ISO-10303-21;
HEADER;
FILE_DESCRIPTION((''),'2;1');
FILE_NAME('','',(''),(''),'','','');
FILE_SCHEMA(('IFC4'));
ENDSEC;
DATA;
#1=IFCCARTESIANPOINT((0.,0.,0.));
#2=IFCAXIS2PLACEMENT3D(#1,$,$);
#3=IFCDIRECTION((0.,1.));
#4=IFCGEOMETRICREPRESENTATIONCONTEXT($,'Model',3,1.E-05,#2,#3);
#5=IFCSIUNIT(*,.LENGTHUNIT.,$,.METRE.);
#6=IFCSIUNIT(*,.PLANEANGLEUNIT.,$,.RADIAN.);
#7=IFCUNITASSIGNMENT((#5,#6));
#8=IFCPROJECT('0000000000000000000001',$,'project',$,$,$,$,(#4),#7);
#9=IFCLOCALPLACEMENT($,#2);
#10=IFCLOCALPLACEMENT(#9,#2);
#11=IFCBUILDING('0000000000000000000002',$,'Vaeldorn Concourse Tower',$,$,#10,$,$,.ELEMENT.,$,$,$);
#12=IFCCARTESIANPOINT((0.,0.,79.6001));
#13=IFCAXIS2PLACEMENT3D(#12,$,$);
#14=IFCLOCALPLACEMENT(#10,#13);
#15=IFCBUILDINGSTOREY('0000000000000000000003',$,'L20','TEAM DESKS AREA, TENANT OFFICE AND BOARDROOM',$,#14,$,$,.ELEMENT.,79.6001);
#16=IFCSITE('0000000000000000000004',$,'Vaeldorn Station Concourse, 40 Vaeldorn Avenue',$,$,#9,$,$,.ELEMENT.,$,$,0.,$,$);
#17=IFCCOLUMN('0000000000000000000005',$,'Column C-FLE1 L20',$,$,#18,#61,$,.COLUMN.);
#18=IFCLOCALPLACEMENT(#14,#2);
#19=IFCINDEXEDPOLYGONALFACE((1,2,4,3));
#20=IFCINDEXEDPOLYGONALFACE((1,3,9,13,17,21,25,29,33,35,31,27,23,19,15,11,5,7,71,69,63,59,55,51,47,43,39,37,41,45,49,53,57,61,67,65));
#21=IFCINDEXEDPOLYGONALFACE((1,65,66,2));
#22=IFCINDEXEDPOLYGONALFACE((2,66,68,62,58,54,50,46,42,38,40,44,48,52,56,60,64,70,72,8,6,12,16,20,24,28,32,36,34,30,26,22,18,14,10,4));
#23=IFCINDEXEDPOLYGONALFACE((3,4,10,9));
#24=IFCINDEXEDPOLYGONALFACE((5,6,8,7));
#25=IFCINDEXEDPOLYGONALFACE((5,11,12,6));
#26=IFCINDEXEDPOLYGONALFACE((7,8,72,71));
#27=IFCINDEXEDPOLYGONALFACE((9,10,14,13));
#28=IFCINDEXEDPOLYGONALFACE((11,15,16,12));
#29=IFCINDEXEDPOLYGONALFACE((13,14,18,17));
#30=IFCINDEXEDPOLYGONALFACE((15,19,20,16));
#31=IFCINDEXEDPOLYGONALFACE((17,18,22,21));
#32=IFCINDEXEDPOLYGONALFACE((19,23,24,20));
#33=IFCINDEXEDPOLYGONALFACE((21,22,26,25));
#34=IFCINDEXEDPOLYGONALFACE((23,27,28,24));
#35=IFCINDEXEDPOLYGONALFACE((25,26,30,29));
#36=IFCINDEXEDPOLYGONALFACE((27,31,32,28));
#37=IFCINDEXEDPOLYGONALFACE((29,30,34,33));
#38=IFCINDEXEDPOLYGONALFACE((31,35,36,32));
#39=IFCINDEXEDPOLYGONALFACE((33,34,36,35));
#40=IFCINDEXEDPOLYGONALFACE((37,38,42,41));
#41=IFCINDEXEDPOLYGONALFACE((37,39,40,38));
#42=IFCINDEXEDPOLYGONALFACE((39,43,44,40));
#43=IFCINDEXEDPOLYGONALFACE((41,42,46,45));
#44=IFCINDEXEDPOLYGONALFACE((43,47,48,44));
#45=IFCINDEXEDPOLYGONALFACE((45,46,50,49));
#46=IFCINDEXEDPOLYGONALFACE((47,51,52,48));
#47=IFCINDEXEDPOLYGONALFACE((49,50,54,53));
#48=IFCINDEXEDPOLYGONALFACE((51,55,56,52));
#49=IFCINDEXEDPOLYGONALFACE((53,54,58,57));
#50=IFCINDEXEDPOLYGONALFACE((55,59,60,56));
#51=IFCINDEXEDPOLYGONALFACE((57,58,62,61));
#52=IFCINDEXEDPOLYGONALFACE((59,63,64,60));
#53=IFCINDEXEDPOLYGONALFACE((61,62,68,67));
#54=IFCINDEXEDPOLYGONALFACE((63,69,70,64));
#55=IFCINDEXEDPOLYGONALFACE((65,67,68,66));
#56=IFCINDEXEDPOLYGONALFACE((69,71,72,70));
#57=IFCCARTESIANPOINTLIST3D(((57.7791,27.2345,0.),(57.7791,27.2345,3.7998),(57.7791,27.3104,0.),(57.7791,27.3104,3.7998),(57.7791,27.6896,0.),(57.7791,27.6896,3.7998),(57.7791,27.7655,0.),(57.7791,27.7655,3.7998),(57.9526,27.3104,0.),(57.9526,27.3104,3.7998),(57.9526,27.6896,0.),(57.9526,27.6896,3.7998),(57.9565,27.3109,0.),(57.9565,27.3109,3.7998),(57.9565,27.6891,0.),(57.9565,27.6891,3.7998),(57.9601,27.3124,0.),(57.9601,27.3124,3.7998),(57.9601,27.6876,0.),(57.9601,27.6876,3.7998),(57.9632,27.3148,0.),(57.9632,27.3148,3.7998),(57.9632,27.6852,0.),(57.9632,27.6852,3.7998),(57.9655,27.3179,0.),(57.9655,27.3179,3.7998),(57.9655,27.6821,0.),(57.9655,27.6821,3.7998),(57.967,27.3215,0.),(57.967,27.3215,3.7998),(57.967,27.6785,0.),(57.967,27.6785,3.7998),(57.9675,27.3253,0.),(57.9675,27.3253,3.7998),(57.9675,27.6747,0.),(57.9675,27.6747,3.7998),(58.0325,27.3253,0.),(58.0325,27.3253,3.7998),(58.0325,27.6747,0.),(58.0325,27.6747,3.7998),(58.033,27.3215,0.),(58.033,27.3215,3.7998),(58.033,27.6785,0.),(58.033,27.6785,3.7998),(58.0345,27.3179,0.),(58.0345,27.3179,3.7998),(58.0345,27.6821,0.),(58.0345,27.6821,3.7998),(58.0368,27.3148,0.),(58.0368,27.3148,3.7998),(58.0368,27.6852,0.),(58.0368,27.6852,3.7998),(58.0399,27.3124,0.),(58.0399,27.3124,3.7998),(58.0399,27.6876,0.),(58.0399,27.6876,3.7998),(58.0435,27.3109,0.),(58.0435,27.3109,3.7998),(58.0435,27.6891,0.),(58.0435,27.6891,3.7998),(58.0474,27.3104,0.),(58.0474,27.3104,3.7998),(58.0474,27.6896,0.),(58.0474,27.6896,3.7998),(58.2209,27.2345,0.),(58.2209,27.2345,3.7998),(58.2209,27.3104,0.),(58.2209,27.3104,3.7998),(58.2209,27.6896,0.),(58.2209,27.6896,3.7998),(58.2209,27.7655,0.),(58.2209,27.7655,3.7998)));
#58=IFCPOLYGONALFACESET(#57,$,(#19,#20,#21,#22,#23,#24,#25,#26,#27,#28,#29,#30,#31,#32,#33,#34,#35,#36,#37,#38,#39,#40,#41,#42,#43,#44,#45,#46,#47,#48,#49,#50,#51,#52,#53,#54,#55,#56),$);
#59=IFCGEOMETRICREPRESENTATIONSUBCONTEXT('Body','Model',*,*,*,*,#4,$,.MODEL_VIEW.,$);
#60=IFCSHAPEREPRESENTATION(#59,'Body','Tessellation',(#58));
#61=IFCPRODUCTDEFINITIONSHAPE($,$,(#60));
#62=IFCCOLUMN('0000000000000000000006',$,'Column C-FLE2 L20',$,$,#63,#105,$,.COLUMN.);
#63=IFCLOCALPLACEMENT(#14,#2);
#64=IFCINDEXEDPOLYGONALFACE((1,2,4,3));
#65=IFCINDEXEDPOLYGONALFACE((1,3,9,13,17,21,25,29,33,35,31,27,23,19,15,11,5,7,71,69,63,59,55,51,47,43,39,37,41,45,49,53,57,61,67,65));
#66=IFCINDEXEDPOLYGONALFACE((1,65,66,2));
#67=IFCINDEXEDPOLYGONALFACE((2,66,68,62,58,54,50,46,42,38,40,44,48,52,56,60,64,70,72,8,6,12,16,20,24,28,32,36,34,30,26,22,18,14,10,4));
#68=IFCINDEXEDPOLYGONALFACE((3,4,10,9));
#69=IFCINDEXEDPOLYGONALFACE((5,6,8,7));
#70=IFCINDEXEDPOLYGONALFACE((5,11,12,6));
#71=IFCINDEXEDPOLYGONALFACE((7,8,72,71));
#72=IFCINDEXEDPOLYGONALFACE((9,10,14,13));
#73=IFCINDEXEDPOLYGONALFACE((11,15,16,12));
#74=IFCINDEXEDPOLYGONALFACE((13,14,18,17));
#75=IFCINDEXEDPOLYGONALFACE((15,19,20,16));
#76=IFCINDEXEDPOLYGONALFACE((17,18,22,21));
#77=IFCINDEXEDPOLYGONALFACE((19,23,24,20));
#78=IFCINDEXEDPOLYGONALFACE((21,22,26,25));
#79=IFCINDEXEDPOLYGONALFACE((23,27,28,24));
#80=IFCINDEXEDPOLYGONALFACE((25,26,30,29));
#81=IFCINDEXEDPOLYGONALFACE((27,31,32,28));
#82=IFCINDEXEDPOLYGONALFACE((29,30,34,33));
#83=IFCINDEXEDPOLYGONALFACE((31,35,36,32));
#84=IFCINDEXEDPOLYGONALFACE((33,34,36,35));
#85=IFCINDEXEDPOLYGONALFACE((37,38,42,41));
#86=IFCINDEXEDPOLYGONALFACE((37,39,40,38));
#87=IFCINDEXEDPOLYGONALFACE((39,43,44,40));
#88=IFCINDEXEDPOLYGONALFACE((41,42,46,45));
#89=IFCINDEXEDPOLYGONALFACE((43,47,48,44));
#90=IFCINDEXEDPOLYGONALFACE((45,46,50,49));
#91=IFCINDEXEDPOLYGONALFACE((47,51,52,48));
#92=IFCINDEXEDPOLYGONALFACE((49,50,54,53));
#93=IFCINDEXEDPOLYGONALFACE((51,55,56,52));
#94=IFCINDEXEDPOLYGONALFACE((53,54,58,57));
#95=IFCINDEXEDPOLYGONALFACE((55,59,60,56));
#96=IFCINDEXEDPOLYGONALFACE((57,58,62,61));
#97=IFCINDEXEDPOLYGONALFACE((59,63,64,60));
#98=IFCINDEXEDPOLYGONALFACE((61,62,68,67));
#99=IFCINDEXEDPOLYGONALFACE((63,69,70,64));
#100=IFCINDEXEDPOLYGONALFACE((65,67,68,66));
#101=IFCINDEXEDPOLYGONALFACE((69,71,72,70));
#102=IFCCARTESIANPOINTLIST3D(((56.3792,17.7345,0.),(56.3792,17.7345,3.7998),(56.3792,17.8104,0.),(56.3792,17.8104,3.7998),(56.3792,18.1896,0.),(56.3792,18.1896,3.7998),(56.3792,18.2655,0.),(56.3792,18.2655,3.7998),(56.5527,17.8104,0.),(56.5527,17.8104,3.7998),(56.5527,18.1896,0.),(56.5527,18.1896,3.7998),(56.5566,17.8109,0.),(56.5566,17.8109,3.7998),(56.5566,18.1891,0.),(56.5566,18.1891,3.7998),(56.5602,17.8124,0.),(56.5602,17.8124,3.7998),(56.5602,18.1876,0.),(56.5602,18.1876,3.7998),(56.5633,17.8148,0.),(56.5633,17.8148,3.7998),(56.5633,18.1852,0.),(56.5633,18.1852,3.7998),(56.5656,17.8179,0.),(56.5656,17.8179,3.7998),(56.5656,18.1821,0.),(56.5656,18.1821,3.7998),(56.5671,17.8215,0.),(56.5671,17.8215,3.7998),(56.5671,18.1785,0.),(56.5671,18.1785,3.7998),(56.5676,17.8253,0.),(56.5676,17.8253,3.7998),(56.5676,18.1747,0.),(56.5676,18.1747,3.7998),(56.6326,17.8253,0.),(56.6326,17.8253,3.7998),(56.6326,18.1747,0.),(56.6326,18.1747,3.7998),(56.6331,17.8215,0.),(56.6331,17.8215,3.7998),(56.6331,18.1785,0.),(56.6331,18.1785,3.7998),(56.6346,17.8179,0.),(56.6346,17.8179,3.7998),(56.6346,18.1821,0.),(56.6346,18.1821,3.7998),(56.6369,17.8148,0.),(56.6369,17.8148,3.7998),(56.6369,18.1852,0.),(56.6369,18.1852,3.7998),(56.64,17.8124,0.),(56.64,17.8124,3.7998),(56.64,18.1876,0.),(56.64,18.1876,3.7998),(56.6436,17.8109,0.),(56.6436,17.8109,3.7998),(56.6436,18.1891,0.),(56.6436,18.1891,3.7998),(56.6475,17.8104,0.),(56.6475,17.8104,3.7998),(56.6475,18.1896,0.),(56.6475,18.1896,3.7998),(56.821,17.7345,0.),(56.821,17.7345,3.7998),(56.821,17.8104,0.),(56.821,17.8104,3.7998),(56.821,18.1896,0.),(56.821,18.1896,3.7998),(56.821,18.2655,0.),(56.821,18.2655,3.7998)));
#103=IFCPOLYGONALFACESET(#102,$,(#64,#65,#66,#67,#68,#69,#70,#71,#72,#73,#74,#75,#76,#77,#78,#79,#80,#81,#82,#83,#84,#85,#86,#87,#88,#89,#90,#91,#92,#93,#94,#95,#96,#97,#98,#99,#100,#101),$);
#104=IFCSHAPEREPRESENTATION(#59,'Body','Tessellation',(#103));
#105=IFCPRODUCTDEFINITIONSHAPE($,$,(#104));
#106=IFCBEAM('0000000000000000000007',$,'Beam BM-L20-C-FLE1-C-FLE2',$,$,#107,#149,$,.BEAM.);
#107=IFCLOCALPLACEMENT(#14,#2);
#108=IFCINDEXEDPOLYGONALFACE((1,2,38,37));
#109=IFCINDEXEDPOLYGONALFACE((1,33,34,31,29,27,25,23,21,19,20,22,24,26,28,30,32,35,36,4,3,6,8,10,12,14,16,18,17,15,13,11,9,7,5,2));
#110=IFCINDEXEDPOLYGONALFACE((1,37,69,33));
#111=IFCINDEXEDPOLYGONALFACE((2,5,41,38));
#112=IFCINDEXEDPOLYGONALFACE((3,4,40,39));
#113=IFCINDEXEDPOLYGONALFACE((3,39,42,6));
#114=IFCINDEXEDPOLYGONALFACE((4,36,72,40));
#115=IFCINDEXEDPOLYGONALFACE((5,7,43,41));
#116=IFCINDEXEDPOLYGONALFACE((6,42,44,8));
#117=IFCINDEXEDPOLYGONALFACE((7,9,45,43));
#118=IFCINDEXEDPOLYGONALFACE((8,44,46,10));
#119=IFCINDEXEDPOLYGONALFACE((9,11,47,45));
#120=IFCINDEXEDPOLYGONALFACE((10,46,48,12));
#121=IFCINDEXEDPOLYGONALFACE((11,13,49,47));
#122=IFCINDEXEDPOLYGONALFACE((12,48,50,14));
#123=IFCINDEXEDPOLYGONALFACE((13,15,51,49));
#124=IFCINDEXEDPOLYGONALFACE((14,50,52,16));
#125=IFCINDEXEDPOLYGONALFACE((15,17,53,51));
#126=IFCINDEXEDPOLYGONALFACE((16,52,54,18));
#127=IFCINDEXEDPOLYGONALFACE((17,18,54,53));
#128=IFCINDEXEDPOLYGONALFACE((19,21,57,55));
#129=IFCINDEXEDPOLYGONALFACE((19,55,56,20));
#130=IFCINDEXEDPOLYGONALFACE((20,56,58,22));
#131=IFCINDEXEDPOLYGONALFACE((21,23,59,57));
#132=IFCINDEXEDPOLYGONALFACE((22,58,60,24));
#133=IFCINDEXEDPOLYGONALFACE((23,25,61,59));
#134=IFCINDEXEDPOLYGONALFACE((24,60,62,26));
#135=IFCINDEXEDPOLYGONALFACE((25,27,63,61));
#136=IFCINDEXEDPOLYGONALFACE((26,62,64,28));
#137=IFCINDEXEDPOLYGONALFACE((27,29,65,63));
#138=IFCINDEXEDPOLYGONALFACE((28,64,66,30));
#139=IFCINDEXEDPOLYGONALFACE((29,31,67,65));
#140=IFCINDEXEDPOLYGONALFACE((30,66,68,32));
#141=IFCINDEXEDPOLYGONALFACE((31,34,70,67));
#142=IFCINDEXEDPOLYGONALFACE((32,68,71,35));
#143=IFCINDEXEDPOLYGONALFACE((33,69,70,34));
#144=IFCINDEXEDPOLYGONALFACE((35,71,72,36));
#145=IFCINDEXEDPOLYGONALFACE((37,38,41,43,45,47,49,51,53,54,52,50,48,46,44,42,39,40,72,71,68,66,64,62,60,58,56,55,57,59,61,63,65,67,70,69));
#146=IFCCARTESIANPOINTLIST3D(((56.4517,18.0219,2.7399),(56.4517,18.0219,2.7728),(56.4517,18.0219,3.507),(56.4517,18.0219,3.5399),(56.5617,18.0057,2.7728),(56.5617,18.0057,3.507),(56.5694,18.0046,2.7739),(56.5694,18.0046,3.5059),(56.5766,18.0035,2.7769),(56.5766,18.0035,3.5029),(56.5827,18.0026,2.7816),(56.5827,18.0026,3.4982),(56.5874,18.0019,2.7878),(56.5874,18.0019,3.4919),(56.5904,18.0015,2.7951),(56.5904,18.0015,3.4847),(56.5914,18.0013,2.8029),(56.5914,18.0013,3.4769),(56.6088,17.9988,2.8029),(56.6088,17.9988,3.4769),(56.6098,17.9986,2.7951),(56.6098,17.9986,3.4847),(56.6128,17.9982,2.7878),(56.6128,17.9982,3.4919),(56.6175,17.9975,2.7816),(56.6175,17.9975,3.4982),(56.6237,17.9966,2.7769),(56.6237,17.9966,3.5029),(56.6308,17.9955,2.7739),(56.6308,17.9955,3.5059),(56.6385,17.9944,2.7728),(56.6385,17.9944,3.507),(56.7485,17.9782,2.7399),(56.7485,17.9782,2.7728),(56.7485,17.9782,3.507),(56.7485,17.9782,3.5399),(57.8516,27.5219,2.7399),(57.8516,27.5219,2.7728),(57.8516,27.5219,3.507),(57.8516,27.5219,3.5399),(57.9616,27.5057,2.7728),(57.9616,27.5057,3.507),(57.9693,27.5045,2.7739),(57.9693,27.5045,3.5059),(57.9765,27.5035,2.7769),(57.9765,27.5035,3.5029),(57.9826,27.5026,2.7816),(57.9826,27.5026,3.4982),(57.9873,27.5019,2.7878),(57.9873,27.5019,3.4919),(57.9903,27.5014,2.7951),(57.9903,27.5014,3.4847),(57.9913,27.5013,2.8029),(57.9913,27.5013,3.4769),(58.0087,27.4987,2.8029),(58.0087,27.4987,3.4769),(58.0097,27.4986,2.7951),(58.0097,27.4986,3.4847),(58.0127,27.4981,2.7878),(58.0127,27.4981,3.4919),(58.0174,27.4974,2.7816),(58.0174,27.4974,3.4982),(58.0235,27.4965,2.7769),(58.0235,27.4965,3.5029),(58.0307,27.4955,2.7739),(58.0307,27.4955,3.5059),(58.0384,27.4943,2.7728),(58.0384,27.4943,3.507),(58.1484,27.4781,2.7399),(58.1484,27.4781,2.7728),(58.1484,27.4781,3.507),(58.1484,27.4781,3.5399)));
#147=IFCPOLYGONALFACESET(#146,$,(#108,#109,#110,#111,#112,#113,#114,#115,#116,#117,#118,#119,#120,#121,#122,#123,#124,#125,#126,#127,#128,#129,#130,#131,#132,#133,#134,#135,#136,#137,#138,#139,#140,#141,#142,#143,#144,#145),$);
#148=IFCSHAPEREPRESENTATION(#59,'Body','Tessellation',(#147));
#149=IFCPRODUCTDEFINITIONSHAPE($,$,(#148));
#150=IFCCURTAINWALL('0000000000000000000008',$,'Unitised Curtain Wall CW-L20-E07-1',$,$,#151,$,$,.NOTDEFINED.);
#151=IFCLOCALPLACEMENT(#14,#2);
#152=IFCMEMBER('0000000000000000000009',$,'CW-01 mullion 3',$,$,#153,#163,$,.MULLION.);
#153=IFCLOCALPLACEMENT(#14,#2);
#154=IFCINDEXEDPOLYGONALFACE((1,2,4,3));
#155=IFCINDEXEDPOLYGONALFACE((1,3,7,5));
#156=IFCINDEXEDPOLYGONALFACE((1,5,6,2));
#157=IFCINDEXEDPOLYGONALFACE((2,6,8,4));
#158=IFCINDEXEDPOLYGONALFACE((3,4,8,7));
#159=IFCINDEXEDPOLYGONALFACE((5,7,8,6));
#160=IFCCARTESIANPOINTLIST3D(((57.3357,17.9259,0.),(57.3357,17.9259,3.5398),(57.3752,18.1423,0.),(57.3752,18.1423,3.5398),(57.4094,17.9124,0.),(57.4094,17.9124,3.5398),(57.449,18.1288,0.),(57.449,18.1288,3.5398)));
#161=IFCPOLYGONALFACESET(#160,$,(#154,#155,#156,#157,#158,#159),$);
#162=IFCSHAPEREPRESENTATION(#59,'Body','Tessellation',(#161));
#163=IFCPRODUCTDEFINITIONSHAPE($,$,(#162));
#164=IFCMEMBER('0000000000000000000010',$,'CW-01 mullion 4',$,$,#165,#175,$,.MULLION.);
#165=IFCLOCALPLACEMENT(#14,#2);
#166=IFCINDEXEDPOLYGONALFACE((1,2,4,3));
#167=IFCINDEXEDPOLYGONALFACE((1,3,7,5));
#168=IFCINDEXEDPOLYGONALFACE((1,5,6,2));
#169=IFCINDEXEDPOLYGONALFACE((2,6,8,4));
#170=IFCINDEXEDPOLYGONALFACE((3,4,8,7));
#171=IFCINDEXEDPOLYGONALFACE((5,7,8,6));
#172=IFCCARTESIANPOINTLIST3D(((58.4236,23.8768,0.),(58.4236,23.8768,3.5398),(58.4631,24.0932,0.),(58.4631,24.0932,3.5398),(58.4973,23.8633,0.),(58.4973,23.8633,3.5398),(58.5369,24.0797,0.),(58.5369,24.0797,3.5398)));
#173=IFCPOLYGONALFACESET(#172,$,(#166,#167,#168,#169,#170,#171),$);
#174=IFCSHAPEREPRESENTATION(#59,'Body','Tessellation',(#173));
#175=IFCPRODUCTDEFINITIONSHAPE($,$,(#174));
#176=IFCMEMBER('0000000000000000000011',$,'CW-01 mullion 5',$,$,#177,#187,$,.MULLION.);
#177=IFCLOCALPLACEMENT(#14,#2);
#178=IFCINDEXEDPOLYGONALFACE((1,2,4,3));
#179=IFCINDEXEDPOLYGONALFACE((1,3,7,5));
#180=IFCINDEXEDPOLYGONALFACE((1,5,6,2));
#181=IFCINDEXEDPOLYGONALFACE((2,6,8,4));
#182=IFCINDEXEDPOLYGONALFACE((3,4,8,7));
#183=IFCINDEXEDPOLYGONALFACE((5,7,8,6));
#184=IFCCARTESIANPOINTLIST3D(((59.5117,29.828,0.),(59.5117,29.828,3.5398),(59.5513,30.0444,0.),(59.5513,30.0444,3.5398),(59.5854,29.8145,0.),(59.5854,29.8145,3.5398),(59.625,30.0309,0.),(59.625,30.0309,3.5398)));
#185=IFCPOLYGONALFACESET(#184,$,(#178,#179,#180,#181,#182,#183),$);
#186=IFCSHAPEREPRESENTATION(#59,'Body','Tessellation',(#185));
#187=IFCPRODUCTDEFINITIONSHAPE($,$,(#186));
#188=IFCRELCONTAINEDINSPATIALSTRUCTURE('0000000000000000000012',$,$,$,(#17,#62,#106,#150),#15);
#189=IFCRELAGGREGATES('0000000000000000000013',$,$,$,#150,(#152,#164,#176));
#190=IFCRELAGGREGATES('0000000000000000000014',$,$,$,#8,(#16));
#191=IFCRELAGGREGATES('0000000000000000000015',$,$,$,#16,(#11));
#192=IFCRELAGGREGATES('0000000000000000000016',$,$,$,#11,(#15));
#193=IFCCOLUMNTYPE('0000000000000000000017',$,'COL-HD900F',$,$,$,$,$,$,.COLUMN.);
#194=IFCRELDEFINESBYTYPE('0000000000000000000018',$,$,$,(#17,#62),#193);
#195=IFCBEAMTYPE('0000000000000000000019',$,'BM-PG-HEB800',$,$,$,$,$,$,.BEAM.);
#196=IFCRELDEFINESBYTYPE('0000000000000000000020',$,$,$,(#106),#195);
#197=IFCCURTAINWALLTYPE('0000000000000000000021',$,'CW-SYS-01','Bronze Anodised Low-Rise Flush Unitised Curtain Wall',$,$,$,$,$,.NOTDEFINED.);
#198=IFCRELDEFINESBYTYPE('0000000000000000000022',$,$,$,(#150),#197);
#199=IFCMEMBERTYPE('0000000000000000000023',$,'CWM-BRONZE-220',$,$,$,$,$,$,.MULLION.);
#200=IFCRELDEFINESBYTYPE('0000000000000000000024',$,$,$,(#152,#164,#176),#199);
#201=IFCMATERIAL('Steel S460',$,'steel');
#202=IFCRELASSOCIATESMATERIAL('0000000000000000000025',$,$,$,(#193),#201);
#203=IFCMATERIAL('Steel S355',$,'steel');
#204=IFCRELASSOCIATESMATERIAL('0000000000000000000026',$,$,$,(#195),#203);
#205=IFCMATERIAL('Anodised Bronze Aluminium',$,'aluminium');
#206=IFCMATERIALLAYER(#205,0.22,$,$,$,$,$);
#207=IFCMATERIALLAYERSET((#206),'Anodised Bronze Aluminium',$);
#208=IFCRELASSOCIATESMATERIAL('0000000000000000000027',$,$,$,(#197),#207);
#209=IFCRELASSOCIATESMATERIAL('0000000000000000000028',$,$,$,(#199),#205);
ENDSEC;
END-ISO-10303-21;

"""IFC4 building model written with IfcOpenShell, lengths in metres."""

from ifc_helpers import new_model, si_unit, direction, frame, origin, origin_2d, place, context, subcontext, project, spatial, rectangle, i_section, extrude, source, transform, mapped, material, layer, layer_set, material_profile, profile_set, type_object, element, aggregate, save


model = new_model("IFC4")

# Units and contexts
model_context = context("Model", 3, precision=1e-05, world=origin(), true_north=direction((0.0, 1.0)))
body_context = subcontext(model_context, "Body", "Model", "MODEL_VIEW")
ifc_project = project(units=[si_unit("LENGTHUNIT", "METRE"), si_unit("PLANEANGLEUNIT", "RADIAN")], contexts=[model_context])

# Site, building, storey
site_placement = place(None, origin())
site = spatial("IfcSite", under=ifc_project, at=site_placement, Name="Vaeldorn Station Concourse, 40 Vaeldorn Avenue", CompositionType="ELEMENT", RefElevation=0.0)
building_placement = place(site_placement, origin())
building = spatial("IfcBuilding", under=site, at=building_placement, Name="Vaeldorn Concourse Tower", CompositionType="ELEMENT")
storey_placement = place(building_placement, frame((0.0, 0.0, 79.6001)))
storey = spatial("IfcBuildingStorey", under=building, at=storey_placement, Name="L20", Description="TEAM DESKS AREA, TENANT OFFICE AND BOARDROOM", CompositionType="ELEMENT", Elevation=79.6001)

# Columns
ifc_material_1 = material(Name="Steel S460", Category="steel")
ifc_material_profile_1 = material_profile(ifc_material_1, i_section(OverallWidth=0.4419, OverallDepth=0.531, WebThickness=0.0649, FlangeThickness=0.0759, FilletRadius=0.0149, at=origin_2d()), Name="HD 400x900")
ifc_profile_set_1 = profile_set([ifc_material_profile_1], Name="Steel S460")
column_type = type_object("IfcColumnType", Name="COL-HD900F", PredefinedType="COLUMN", material=ifc_profile_set_1)
shared_shape_1 = source(origin(), body_context, "Body", "SweptSolid", [
    extrude(i_section(OverallWidth=0.4419, OverallDepth=0.531, WebThickness=0.0649, FlangeThickness=0.0759, FilletRadius=0.0149, at=origin_2d()), origin(), (0.0, 0.0, 1.0), 3.7998),
])
for number, where, z_axis, x_axis, name in (
    (1, (58.0, 27.5, 0.0), (0.0, 0.0, 1.0), (1.0, 0.0, 0.0), "Column C-FLE1 L20"),
    (2, (56.6001, 18.0, 0.0), (0.0, 0.0, 1.0), (1.0, 0.0, 0.0), "Column C-FLE2 L20"),
):
    element("IfcColumn", number, at=place(storey_placement, frame(where, z_axis=z_axis, x_axis=x_axis)), inside=storey, type_object=column_type, Name=name, PredefinedType="COLUMN", context=body_context, shape_type="MappedRepresentation", body=[
        mapped(shared_shape_1, transform((0.0, 0.0, 0.0), scale=1.0)),
    ])

# Beam
ifc_material_2 = material(Name="Steel S355", Category="steel")
ifc_material_profile_2 = material_profile(ifc_material_2, i_section(OverallWidth=0.3, OverallDepth=0.8, WebThickness=0.0176, FlangeThickness=0.033, FilletRadius=0.03, at=origin_2d()), Name="HEB 800")
ifc_profile_set_2 = profile_set([ifc_material_profile_2], Name="Steel S355")
beam_type = type_object("IfcBeamType", Name="BM-PG-HEB800", PredefinedType="BEAM", material=ifc_profile_set_2)
shared_shape_2 = source(origin(), body_context, "Body", "SweptSolid", [
    extrude(i_section(OverallWidth=0.3, OverallDepth=0.8, WebThickness=0.0176, FlangeThickness=0.033, FilletRadius=0.03, at=origin_2d()), origin(), (0.0, 0.0, 1.0), 9.6025),
])
beam_placement = place(storey_placement, frame((58.0, 27.5, 3.1399), z_axis=(-0.145784, -0.989316, 0.0), x_axis=(0.989316, -0.145784, 0.0)))
element("IfcBeam", 3, at=beam_placement, inside=storey, type_object=beam_type, Name="Beam BM-L20-C-FLE1-C-FLE2", PredefinedType="BEAM", context=body_context, shape_type="MappedRepresentation", body=[
    mapped(shared_shape_2, transform((0.0, 0.0, 0.0), scale=1.0)),
])

# Curtain wall, members
ifc_material_3 = material(Name="Anodised Bronze Aluminium", Category="aluminium")
ifc_layer_1 = layer(ifc_material_3, 0.22)
ifc_layer_set_1 = layer_set([ifc_layer_1], Name="Anodised Bronze Aluminium")
curtain_wall_type = type_object("IfcCurtainWallType", Name="CW-SYS-01", Description="Bronze Anodised Low-Rise Flush Unitised Curtain Wall", PredefinedType="NOTDEFINED", material=ifc_layer_set_1)
curtain_wall_placement = place(storey_placement, origin())
curtain_wall = element("IfcCurtainWall", 4, at=curtain_wall_placement, inside=storey, type_object=curtain_wall_type, Name="Unitised Curtain Wall CW-L20-E07-1", PredefinedType="NOTDEFINED")
ifc_material_profile_3 = material_profile(ifc_material_3, rectangle(XDim=0.075, YDim=0.22, at=origin_2d()), Name="CWM 75x220")
ifc_profile_set_3 = profile_set([ifc_material_profile_3], Name="Anodised Bronze Aluminium")
member_type_1 = type_object("IfcMemberType", Name="CWM-BRONZE-220", PredefinedType="MULLION", material=ifc_profile_set_3)
shared_shape_3 = source(origin(), body_context, "Body", "SweptSolid", [
    extrude(rectangle(XDim=0.075, YDim=0.22, at=origin_2d()), origin(), (0.0, 0.0, 1.0), 3.5398),
])
member_1_placement = place(storey_placement, frame((57.3923, 18.0273, 0.0), z_axis=(0.0, 0.0, 1.0), x_axis=(-0.983695, 0.179847, 0.0)))
member_1 = element("IfcMember", 5, at=member_1_placement, type_object=member_type_1, Name="CW-01 mullion 3", PredefinedType="MULLION", context=body_context, shape_type="MappedRepresentation", body=[
    mapped(shared_shape_3, transform((0.0, 0.0, 0.0), scale=1.0)),
])
member_2_placement = place(storey_placement, frame((58.4802, 23.9783, 0.0), z_axis=(0.0, 0.0, 1.0), x_axis=(-0.983695, 0.179847, 0.0)))
member_2 = element("IfcMember", 6, at=member_2_placement, type_object=member_type_1, Name="CW-01 mullion 4", PredefinedType="MULLION", context=body_context, shape_type="MappedRepresentation", body=[
    mapped(shared_shape_3, transform((0.0, 0.0, 0.0), scale=1.0)),
])
member_3_placement = place(storey_placement, frame((59.5684, 29.9294, 0.0), z_axis=(0.0, 0.0, 1.0), x_axis=(-0.983695, 0.179847, 0.0)))
member_3 = element("IfcMember", 7, at=member_3_placement, type_object=member_type_1, Name="CW-01 mullion 5", PredefinedType="MULLION", context=body_context, shape_type="MappedRepresentation", body=[
    mapped(shared_shape_3, transform((0.0, 0.0, 0.0), scale=1.0)),
])
aggregate(curtain_wall, [member_1, member_2, member_3])

save(model, "model.ifc")
